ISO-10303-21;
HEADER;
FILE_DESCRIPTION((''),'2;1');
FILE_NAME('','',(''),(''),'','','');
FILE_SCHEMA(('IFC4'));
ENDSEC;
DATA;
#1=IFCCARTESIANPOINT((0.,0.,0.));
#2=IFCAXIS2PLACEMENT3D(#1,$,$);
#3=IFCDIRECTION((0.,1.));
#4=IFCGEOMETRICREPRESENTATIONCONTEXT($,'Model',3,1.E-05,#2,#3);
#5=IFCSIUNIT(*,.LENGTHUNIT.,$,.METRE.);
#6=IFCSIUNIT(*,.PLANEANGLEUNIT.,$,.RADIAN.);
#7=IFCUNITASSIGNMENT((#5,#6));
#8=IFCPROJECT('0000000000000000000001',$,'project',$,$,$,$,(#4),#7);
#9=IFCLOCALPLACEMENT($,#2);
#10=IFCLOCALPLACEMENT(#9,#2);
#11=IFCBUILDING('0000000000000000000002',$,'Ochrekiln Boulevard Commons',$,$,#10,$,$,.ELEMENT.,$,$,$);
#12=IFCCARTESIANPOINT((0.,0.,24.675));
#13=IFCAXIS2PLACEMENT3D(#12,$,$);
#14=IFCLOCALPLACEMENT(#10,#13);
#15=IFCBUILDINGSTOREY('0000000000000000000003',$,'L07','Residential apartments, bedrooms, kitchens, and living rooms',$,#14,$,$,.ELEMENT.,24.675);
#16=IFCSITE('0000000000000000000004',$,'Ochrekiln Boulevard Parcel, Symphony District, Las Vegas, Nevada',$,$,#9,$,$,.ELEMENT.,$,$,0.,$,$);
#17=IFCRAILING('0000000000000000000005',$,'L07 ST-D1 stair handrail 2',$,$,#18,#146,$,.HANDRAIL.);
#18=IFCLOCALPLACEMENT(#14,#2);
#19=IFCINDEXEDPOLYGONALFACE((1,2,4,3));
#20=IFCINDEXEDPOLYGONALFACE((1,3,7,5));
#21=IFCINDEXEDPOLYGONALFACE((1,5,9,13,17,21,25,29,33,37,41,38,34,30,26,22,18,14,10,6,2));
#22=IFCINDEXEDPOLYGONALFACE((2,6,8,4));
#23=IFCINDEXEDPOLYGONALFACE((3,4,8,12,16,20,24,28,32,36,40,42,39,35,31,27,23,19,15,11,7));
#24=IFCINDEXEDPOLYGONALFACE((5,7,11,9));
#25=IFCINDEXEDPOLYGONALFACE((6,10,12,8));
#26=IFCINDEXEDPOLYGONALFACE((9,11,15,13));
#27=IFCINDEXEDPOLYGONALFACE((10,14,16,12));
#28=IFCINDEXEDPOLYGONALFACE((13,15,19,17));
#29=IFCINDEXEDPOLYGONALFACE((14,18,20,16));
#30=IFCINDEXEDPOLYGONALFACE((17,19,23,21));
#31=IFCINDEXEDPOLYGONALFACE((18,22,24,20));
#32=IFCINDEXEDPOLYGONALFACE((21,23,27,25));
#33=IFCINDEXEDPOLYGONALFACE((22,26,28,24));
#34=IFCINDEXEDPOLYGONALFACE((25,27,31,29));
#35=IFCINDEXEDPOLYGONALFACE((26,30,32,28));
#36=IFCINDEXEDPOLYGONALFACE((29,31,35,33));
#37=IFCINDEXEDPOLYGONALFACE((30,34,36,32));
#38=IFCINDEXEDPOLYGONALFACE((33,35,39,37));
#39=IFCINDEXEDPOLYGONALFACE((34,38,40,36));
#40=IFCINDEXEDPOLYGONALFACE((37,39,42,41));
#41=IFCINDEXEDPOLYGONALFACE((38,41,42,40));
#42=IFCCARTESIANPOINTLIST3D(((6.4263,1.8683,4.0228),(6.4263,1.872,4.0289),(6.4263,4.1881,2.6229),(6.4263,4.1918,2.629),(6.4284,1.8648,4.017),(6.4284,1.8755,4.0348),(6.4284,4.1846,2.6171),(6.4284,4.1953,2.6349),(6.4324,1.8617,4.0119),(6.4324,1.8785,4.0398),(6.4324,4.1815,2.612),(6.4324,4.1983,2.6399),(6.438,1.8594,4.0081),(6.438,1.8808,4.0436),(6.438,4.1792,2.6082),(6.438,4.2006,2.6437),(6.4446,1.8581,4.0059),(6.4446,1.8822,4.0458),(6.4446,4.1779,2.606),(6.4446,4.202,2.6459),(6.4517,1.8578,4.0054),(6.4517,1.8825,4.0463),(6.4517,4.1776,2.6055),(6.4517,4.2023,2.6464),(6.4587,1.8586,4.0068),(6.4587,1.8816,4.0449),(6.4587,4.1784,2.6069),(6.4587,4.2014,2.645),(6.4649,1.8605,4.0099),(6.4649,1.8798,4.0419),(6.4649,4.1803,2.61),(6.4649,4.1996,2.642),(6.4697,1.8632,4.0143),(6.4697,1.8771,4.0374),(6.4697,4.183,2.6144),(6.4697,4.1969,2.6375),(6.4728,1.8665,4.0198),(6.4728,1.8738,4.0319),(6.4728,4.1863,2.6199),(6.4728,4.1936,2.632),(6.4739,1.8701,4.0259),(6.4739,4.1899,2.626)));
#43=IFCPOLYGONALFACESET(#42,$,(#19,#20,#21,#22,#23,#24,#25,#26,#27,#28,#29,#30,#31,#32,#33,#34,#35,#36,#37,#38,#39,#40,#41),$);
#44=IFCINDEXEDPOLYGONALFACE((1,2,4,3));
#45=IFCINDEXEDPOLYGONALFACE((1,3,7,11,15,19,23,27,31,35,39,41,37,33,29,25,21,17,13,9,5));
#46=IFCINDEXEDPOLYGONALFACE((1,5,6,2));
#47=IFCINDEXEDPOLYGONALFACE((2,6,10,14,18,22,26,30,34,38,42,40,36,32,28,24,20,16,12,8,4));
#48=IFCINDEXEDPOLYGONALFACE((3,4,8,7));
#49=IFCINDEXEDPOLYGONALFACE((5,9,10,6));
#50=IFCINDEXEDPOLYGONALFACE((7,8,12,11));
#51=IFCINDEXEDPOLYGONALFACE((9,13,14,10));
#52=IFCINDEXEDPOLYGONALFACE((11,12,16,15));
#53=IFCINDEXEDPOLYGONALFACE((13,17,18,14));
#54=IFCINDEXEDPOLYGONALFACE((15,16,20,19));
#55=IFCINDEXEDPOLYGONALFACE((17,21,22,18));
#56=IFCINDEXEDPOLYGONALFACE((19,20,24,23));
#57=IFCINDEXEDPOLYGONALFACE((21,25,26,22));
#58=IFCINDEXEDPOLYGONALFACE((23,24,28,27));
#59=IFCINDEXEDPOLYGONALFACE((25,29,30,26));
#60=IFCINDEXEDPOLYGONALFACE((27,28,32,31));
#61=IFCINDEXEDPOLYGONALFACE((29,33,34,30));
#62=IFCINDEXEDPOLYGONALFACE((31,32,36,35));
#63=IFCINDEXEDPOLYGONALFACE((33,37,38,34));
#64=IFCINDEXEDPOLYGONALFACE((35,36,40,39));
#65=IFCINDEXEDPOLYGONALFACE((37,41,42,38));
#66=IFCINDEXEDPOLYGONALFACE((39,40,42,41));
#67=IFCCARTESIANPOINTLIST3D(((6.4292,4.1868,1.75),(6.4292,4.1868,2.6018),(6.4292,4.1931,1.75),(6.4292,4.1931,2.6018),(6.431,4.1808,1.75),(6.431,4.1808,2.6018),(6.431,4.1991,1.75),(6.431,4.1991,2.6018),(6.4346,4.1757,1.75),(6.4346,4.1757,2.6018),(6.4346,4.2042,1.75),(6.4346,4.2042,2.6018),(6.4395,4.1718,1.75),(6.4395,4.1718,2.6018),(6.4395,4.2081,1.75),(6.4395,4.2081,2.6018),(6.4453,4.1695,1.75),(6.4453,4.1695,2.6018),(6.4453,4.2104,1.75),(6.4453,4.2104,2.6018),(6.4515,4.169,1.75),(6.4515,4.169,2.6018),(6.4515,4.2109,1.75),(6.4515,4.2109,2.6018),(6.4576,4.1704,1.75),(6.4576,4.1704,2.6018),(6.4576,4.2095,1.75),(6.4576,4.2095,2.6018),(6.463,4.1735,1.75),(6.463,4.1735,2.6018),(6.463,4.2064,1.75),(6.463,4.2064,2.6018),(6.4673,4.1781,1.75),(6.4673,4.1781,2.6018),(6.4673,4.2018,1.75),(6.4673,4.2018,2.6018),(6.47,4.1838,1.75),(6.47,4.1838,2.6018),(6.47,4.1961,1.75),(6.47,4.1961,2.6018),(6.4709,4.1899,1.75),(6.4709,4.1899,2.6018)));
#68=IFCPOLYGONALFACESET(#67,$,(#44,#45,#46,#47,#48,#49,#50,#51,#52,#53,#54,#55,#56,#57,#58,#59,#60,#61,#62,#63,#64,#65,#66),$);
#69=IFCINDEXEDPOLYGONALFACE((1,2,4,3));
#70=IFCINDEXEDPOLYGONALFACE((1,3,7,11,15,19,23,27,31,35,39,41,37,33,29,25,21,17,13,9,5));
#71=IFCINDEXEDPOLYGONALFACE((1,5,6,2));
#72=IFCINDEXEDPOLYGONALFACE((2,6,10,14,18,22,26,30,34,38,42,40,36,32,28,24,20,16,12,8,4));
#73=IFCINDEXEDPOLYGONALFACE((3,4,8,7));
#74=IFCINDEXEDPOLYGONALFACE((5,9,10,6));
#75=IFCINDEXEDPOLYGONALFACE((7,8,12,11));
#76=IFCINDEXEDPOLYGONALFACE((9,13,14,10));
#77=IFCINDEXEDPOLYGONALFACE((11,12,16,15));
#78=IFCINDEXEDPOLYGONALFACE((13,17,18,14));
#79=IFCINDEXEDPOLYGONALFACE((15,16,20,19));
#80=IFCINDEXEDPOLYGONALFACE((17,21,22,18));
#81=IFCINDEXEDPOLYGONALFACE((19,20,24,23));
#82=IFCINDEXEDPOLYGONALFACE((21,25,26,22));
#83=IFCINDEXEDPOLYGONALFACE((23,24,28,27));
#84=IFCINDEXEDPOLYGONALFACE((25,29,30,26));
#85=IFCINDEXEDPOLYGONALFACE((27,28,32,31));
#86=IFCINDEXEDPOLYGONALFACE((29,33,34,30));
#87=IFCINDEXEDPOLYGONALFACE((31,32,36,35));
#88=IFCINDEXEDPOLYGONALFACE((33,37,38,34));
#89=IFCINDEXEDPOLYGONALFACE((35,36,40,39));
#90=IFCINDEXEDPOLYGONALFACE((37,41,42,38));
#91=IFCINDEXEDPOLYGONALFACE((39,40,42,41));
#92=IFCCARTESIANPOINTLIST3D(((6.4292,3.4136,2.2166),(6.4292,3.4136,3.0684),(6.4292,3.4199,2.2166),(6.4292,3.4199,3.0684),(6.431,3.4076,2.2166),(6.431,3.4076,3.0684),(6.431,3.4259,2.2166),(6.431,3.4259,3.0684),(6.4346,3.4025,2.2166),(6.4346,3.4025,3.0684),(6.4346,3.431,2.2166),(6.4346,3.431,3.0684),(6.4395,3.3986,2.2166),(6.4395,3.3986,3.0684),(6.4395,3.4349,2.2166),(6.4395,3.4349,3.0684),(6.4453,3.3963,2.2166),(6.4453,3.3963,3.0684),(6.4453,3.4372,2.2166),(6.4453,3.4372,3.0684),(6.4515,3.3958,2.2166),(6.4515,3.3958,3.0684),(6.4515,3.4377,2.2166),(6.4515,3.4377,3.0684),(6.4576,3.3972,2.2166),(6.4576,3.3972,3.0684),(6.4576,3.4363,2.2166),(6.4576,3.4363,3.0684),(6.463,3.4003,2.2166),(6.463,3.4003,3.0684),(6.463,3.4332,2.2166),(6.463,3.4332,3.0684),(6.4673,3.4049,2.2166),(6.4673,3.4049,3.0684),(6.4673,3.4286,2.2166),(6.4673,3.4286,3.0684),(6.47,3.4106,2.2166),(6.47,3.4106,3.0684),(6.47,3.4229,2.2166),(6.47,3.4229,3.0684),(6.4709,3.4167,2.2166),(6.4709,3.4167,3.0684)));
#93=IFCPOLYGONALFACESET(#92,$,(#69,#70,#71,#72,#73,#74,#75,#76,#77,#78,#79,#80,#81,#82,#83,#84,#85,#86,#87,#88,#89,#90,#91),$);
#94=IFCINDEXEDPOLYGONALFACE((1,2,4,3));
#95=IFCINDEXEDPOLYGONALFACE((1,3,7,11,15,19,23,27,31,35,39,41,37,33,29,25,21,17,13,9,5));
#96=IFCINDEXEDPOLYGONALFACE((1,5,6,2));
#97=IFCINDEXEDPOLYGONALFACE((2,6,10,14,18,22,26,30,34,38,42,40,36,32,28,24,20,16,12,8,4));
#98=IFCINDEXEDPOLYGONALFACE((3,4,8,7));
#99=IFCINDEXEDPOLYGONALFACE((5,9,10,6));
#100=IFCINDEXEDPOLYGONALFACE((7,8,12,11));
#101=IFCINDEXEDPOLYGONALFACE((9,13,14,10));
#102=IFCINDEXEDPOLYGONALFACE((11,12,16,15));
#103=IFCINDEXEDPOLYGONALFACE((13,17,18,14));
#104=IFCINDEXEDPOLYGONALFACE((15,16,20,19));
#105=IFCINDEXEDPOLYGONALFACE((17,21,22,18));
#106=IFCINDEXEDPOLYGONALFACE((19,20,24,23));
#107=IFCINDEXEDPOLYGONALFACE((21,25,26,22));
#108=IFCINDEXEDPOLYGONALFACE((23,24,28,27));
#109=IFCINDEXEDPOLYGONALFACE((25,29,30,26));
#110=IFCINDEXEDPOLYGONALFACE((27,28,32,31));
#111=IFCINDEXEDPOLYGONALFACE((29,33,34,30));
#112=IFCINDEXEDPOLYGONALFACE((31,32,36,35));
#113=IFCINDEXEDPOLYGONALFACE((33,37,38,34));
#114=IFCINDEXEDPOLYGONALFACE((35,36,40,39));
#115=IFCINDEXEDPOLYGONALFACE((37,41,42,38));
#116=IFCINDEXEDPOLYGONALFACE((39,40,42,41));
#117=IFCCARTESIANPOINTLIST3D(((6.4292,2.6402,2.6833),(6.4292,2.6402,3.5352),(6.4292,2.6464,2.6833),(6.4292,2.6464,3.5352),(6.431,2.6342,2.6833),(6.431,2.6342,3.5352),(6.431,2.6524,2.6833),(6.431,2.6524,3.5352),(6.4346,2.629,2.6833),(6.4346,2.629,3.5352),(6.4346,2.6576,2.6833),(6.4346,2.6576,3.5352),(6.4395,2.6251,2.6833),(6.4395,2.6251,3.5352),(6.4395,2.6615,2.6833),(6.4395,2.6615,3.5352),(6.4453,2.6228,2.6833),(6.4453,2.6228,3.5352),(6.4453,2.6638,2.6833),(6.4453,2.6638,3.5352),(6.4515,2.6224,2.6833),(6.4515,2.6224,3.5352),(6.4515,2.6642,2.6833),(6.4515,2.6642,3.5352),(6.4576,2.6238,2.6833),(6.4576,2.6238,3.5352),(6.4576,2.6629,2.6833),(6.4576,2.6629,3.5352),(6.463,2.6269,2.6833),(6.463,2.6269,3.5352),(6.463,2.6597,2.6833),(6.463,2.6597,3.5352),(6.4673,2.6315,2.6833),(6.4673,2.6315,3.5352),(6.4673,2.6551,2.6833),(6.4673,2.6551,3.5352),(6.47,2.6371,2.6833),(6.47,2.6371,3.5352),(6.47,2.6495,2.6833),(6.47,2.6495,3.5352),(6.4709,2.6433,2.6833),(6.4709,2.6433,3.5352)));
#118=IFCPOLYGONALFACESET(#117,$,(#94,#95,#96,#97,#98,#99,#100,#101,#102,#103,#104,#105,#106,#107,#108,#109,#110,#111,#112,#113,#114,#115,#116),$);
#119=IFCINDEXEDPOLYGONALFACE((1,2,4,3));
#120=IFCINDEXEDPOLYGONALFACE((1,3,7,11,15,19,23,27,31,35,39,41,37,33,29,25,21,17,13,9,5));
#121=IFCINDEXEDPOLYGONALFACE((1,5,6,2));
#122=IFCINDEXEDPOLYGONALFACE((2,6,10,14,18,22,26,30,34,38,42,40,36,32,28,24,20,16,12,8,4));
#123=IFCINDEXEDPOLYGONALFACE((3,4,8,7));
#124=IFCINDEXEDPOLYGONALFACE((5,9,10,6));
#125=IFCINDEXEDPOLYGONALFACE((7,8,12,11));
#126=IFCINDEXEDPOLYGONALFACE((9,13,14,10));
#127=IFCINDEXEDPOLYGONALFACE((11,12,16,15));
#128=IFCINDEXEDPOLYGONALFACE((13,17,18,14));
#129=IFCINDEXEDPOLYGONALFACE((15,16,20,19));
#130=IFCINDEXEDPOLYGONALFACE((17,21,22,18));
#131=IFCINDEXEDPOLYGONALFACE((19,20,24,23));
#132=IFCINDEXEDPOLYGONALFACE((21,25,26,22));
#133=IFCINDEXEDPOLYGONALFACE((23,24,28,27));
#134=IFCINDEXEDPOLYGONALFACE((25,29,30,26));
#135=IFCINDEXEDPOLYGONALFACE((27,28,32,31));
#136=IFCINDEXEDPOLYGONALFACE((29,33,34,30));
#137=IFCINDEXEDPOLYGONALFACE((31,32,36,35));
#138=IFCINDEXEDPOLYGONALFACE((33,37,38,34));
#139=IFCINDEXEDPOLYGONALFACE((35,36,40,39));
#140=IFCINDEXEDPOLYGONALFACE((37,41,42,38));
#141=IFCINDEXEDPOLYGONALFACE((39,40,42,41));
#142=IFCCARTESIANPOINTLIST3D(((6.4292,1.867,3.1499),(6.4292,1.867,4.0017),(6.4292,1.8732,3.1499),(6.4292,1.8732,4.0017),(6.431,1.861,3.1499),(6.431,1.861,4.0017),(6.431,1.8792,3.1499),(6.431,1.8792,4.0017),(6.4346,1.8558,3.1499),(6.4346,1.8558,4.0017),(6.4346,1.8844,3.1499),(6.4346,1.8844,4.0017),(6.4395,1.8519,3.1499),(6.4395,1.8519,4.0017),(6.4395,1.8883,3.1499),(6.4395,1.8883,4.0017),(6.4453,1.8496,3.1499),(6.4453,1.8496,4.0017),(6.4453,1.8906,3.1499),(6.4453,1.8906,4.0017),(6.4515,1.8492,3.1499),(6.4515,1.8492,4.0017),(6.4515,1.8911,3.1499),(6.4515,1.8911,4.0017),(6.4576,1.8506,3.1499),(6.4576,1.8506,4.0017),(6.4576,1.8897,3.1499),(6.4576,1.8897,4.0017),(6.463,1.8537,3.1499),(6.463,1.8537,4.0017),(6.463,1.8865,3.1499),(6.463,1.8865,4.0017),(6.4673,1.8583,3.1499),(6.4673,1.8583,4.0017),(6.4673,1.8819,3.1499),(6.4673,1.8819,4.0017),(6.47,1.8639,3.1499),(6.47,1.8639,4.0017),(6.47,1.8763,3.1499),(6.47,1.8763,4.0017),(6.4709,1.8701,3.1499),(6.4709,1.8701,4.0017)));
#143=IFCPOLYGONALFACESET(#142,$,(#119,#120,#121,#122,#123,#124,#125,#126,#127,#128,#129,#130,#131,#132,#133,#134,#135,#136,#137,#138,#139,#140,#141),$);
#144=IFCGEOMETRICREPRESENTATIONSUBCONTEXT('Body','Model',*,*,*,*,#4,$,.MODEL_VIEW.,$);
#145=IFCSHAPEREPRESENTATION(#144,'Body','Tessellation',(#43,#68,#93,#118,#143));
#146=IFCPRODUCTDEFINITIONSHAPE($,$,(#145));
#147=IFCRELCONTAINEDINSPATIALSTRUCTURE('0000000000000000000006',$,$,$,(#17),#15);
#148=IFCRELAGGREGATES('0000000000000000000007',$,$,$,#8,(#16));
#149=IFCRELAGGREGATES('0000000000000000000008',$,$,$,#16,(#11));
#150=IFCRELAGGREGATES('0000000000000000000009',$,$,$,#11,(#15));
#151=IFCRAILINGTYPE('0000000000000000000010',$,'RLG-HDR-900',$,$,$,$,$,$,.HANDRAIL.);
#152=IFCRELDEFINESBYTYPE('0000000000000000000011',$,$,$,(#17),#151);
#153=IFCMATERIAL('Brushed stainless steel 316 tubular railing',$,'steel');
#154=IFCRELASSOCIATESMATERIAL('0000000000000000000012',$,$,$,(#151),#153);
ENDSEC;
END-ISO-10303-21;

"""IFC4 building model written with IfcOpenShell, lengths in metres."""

from ifc_helpers import new_model, si_unit, direction, frame, origin, origin_2d, place, context, subcontext, project, spatial, circle, extrude, material, type_object, element, save


model = new_model("IFC4")

# Units and contexts
model_context = context("Model", 3, precision=1e-05, world=origin(), true_north=direction((0.0, 1.0)))
body_context = subcontext(model_context, "Body", "Model", "MODEL_VIEW")
ifc_project = project(units=[si_unit("LENGTHUNIT", "METRE"), si_unit("PLANEANGLEUNIT", "RADIAN")], contexts=[model_context])

# Site, building, storey
site_placement = place(None, origin())
site = spatial("IfcSite", under=ifc_project, at=site_placement, Name="Ochrekiln Boulevard Parcel, Symphony District, Las Vegas, Nevada", CompositionType="ELEMENT", RefElevation=0.0)
building_placement = place(site_placement, origin())
building = spatial("IfcBuilding", under=site, at=building_placement, Name="Ochrekiln Boulevard Commons", CompositionType="ELEMENT")
storey_placement = place(building_placement, frame((0.0, 0.0, 24.675)))
storey = spatial("IfcBuildingStorey", under=building, at=storey_placement, Name="L07", Description="Residential apartments, bedrooms, kitchens, and living rooms", CompositionType="ELEMENT", Elevation=24.675)

# Railing
ifc_material_1 = material(Name="Brushed stainless steel 316 tubular railing", Category="steel")
railing_type_1 = type_object("IfcRailingType", Name="RLG-HDR-900", PredefinedType="HANDRAIL", material=ifc_material_1)
railing_1_placement = place(storey_placement, frame((6.45, 4.1899, 1.75)))
element("IfcRailing", 1, at=railing_1_placement, inside=storey, type_object=railing_type_1, Name="L07 ST-D1 stair handrail 2", PredefinedType="HANDRAIL", context=body_context, shape_type="SweptSolid", body=[
    extrude(circle(Radius=0.0239, at=origin_2d()), frame((0.0, 0.0, 0.876), z_axis=(0.0, -0.856186, 0.516667), x_axis=(1.0, 0.0, 0.0)), (0.0, 0.0, 1.0), 2.7095),
    extrude(circle(Radius=0.021, at=origin_2d()), origin(), (0.0, 0.0, 1.0), 0.8518),
    extrude(circle(Radius=0.021, at=origin_2d()), frame((0.0, -0.7732, 0.4666)), (0.0, 0.0, 1.0), 0.8518),
    extrude(circle(Radius=0.021, at=origin_2d()), frame((0.0, -1.5466, 0.9333)), (0.0, 0.0, 1.0), 0.8518),
    extrude(circle(Radius=0.021, at=origin_2d()), frame((0.0, -2.3198, 1.3999)), (0.0, 0.0, 1.0), 0.8518),
])

save(model, "model.ifc")
